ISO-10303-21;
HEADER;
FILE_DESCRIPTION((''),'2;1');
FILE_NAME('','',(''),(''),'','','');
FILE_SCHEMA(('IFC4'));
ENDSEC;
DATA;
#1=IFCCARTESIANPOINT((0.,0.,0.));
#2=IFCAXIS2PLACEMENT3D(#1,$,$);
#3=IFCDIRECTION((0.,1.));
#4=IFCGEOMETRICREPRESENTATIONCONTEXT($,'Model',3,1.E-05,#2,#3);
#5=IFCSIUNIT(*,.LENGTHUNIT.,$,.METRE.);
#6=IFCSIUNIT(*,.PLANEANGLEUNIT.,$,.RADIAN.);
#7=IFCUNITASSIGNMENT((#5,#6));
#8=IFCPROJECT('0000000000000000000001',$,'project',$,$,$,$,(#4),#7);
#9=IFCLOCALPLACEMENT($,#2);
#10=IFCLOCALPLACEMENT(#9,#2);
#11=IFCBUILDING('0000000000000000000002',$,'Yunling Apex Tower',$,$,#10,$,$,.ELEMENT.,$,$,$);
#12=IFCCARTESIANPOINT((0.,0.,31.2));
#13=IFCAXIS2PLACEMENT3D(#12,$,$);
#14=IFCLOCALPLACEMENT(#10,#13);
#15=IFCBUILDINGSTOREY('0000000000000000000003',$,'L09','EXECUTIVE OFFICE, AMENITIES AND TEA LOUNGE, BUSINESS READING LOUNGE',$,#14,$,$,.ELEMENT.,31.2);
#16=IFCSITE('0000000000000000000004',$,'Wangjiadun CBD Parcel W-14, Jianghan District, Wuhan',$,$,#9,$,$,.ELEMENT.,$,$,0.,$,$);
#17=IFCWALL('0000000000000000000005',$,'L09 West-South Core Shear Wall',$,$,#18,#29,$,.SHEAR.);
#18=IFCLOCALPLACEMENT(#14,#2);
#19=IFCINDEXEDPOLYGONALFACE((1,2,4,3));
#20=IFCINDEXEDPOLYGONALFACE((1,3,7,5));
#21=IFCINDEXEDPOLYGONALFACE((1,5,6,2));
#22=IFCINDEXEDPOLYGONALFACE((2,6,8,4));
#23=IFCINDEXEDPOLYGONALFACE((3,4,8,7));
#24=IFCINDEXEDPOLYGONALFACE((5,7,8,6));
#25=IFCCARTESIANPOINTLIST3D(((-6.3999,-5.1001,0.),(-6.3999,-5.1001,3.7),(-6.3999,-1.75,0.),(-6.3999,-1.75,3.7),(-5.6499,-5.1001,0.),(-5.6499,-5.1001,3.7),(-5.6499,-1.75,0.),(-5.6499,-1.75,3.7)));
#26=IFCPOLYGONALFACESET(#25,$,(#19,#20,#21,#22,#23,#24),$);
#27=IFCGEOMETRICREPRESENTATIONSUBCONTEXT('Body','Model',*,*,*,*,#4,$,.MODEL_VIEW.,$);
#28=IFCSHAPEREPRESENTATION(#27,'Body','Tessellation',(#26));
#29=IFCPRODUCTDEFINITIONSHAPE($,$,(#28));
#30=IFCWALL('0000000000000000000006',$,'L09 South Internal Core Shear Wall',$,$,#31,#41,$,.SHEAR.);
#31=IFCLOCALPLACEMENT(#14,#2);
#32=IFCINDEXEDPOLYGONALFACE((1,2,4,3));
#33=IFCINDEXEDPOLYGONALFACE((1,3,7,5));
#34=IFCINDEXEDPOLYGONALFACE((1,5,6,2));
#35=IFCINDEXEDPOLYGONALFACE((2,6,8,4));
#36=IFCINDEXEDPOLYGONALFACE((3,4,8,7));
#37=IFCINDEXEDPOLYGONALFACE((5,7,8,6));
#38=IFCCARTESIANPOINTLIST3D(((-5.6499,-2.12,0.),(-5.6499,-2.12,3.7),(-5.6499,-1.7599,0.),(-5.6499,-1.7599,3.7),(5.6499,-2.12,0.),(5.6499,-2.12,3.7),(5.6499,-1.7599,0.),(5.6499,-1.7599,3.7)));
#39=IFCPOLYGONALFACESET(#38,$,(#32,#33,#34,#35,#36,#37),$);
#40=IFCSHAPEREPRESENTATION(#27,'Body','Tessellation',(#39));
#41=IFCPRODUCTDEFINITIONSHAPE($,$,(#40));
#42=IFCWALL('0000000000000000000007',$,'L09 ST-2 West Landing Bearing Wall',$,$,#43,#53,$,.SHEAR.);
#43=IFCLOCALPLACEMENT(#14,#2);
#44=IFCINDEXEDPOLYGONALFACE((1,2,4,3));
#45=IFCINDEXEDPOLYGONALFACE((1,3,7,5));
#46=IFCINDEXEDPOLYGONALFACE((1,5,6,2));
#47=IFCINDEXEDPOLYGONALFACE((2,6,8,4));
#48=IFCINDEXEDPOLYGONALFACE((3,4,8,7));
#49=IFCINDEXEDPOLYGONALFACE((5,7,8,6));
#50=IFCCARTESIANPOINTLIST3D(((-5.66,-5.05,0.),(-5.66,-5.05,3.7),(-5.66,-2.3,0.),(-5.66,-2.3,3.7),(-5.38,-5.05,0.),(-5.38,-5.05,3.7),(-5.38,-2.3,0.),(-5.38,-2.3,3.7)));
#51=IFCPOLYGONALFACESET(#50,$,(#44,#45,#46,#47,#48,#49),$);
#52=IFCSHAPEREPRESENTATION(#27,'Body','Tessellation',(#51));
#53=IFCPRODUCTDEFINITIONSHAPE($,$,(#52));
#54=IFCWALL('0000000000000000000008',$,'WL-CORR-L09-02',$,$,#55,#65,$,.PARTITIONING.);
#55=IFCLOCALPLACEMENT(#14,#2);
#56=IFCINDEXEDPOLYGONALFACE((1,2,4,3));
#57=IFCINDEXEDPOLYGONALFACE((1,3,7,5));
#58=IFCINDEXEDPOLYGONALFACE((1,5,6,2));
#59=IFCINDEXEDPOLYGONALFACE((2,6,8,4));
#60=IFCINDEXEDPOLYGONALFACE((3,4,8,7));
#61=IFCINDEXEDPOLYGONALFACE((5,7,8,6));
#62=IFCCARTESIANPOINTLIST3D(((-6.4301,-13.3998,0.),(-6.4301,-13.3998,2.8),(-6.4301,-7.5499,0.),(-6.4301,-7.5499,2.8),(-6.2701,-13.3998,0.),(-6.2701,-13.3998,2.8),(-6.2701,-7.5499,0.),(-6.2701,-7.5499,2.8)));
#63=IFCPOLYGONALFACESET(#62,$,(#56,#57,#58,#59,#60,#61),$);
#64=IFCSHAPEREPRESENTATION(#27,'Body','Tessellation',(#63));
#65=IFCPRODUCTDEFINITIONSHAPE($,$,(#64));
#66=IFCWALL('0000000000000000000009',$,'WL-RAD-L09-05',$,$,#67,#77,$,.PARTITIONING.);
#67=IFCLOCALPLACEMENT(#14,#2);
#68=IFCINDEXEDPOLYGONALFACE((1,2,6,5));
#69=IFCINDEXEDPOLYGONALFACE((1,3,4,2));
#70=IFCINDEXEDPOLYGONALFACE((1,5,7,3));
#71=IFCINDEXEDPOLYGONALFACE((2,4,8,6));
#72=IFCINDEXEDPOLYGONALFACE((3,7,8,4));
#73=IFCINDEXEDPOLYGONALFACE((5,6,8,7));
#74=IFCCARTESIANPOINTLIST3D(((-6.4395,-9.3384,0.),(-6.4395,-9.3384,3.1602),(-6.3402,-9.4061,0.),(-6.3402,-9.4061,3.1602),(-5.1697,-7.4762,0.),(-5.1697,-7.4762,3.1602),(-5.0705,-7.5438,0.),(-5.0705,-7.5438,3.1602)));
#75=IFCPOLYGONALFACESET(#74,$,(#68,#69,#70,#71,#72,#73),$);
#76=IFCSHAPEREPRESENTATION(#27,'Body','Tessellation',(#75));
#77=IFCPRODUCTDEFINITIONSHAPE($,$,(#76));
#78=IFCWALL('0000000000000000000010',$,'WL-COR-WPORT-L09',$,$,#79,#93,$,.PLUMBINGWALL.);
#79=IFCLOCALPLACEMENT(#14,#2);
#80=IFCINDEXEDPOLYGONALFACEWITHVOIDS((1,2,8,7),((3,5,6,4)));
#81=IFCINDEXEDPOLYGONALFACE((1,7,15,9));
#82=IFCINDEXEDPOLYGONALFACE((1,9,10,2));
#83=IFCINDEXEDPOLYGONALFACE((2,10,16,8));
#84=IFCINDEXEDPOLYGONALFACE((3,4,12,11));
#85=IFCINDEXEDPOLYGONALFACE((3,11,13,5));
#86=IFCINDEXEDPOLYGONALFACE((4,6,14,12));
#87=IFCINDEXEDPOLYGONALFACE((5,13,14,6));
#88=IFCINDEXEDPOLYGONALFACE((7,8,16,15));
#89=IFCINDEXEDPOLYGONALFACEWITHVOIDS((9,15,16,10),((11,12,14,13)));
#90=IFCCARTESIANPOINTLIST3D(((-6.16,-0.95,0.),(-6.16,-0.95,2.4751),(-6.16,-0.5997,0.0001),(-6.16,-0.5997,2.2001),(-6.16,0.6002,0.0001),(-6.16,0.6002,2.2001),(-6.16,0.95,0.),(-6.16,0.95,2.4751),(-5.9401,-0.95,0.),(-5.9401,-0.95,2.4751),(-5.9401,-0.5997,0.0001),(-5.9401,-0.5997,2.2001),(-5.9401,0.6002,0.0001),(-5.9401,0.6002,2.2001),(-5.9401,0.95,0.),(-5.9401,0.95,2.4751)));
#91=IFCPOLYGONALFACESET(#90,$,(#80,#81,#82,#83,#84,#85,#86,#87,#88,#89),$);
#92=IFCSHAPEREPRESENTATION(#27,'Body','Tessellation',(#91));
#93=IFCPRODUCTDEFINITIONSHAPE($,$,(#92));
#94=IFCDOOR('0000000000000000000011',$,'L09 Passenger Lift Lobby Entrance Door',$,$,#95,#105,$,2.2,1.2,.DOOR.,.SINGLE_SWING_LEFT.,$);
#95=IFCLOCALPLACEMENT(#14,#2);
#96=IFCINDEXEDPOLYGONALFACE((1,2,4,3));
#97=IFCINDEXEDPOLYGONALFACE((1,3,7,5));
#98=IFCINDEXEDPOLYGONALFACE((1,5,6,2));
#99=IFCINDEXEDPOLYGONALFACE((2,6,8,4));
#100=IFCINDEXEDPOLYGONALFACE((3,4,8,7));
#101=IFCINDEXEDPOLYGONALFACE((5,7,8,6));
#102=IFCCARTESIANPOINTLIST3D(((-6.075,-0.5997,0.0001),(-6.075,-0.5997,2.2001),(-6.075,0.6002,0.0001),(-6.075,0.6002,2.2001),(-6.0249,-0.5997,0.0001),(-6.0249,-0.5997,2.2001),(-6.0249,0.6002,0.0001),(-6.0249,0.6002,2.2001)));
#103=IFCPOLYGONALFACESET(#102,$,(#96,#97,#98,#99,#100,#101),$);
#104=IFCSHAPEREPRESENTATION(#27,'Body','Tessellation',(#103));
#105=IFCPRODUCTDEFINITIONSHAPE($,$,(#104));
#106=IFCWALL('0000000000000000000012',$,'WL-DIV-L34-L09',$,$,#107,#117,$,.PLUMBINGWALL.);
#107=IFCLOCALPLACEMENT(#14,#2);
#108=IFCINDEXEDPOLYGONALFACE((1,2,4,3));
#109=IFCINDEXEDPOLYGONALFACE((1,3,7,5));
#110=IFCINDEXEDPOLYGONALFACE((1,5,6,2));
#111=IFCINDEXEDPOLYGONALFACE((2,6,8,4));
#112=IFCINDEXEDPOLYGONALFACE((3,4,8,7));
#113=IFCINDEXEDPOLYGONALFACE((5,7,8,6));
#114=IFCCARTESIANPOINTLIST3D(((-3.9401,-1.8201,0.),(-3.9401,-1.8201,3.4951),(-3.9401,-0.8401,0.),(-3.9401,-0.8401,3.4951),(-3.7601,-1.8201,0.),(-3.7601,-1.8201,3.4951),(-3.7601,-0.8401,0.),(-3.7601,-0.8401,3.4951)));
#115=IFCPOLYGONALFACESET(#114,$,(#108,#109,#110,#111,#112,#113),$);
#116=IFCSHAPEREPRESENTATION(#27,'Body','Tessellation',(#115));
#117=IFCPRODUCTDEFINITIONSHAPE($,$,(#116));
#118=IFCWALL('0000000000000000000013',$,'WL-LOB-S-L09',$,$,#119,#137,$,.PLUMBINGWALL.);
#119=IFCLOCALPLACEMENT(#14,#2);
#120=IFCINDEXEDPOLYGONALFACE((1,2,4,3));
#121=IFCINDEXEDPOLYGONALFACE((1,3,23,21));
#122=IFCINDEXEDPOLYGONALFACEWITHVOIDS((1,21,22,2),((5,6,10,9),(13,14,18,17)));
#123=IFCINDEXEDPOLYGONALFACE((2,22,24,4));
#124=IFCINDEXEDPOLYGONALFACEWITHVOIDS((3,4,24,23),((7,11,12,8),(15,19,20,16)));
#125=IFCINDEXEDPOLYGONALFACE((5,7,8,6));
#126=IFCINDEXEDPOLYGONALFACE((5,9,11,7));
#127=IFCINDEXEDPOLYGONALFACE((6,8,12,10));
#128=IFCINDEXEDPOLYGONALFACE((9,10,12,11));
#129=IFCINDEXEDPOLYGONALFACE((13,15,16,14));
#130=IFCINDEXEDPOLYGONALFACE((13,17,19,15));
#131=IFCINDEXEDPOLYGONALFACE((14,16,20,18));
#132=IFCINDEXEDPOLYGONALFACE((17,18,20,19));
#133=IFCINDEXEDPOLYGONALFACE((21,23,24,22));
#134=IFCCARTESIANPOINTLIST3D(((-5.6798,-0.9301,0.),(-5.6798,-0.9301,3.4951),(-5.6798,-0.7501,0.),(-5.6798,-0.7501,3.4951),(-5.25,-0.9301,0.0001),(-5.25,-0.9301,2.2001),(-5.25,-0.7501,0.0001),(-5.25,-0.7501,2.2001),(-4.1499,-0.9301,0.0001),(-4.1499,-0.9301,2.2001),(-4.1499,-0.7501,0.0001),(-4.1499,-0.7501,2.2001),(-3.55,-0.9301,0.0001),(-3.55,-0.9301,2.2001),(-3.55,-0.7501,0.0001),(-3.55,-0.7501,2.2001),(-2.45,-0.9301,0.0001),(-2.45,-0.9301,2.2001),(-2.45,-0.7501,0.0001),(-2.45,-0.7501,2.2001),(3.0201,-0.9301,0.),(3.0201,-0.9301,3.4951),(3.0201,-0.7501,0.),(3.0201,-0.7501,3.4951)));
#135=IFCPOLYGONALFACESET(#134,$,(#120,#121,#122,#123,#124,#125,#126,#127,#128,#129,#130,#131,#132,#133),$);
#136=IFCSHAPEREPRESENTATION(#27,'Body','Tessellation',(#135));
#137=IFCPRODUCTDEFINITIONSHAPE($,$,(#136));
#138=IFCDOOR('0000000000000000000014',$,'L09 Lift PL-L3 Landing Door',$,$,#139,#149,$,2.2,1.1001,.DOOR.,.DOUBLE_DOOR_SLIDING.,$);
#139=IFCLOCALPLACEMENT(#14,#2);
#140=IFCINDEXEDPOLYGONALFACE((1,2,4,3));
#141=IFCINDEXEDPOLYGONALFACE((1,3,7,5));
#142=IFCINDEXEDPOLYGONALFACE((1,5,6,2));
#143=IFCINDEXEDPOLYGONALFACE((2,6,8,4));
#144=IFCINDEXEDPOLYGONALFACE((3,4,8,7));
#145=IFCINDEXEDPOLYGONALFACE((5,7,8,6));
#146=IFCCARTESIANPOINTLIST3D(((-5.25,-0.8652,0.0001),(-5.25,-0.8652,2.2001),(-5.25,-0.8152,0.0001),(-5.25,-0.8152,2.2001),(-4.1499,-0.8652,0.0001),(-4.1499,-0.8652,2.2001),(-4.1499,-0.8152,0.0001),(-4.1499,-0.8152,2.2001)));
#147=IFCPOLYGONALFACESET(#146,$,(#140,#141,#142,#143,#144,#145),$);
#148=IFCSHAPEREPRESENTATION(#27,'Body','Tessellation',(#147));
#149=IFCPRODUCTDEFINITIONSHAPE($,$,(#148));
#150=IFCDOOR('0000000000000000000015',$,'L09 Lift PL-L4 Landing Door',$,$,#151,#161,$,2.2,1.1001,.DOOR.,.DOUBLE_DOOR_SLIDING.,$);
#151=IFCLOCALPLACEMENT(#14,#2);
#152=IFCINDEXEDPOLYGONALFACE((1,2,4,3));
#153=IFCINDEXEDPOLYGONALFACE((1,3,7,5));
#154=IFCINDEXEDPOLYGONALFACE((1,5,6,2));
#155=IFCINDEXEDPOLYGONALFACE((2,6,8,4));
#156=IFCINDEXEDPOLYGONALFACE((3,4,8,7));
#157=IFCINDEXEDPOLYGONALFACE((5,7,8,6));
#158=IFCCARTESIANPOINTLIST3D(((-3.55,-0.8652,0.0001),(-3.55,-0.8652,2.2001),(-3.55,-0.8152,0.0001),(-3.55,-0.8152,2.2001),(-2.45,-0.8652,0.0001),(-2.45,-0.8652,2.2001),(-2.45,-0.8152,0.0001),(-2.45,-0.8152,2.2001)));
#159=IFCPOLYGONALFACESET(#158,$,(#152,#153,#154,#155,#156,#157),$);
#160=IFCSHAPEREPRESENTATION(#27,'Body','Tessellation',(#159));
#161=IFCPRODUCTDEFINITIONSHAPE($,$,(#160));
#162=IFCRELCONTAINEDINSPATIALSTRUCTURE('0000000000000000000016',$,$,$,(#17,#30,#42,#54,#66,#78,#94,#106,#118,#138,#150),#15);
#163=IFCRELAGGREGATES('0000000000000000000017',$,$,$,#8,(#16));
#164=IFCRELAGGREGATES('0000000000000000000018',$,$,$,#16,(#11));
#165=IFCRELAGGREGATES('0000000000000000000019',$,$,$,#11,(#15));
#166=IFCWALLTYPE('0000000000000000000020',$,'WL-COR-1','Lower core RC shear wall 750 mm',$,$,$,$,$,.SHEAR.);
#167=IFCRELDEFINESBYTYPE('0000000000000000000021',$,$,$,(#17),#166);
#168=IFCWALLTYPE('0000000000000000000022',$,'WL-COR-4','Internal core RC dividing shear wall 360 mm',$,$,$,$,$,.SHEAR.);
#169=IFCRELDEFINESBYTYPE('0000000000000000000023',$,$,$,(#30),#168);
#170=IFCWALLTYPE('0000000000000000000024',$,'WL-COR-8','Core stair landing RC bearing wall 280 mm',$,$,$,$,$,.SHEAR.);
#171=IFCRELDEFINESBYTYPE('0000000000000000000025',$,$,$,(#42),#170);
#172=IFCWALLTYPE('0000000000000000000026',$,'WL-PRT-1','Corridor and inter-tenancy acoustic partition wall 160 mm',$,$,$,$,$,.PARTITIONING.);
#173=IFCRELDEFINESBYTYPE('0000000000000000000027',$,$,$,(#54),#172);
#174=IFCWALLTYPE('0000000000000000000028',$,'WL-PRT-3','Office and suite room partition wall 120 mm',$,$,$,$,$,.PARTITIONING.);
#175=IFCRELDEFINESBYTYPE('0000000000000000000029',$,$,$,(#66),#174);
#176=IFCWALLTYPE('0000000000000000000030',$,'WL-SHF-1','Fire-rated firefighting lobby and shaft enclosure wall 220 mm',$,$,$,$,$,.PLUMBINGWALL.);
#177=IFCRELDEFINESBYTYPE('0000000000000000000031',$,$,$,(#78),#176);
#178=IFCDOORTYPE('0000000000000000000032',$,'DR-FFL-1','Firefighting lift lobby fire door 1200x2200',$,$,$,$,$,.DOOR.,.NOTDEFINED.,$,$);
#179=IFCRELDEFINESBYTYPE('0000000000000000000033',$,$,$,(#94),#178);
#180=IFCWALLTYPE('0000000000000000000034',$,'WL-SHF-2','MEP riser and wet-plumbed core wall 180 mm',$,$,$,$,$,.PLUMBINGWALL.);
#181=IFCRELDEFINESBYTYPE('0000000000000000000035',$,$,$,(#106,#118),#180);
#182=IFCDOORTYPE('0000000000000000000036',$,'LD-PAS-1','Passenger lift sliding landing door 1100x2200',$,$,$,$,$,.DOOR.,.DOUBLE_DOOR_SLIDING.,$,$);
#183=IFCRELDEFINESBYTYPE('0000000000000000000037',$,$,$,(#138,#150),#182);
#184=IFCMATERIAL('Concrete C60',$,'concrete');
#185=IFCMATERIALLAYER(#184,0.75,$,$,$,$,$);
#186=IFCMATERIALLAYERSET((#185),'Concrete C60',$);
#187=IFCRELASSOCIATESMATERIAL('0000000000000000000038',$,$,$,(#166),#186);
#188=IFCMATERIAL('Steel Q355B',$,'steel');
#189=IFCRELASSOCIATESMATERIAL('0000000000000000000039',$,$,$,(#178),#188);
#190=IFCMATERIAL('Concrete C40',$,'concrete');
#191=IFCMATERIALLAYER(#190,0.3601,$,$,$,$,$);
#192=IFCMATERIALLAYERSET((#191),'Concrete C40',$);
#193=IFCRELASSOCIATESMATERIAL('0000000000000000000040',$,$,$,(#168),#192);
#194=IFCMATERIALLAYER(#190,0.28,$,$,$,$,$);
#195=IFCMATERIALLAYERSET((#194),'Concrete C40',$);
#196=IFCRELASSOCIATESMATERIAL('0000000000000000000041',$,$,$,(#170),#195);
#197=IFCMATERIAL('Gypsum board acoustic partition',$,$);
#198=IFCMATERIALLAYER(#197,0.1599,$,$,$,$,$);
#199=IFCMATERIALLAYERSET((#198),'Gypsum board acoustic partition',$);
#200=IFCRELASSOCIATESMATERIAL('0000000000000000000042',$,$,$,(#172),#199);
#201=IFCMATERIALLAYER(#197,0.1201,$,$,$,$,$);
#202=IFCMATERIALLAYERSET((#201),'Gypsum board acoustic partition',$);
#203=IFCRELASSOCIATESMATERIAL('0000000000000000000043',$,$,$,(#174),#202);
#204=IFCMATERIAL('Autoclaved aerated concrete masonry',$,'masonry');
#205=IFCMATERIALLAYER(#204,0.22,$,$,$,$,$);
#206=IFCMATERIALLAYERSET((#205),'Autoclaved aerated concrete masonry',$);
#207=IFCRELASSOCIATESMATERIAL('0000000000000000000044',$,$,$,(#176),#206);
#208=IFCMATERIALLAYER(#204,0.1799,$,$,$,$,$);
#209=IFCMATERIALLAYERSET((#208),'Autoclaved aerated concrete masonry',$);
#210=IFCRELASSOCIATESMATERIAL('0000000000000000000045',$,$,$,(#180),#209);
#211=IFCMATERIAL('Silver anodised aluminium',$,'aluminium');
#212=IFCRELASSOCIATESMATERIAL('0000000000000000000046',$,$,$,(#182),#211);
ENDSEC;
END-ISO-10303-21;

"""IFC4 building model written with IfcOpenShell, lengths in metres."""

from ifc_helpers import new_model, si_unit, direction, frame, frame_2d, origin, place, context, subcontext, project, spatial, rectangle, extrude, material, layer, layer_set, type_object, element, fill, save


model = new_model("IFC4")

# Units and contexts
model_context = context("Model", 3, precision=1e-05, world=origin(), true_north=direction((0.0, 1.0)))
body_context = subcontext(model_context, "Body", "Model", "MODEL_VIEW")
ifc_project = project(units=[si_unit("LENGTHUNIT", "METRE"), si_unit("PLANEANGLEUNIT", "RADIAN")], contexts=[model_context])

# Site, building, storey
site_placement = place(None, origin())
site = spatial("IfcSite", under=ifc_project, at=site_placement, Name="Wangjiadun CBD Parcel W-14, Jianghan District, Wuhan", CompositionType="ELEMENT", RefElevation=0.0)
building_placement = place(site_placement, origin())
building = spatial("IfcBuilding", under=site, at=building_placement, Name="Yunling Apex Tower", CompositionType="ELEMENT")
storey_placement = place(building_placement, frame((0.0, 0.0, 31.2)))
storey = spatial("IfcBuildingStorey", under=building, at=storey_placement, Name="L09", Description="EXECUTIVE OFFICE, AMENITIES AND TEA LOUNGE, BUSINESS READING LOUNGE", CompositionType="ELEMENT", Elevation=31.2)

# Shared definitions
ifc_material_1 = material(Name="Concrete C60", Category="concrete")

# Shared definitions
ifc_material_2 = material(Name="Steel Q355B", Category="steel")

# Shared definitions
ifc_layer_1 = layer(ifc_material_1, 0.75)
ifc_layer_set_1 = layer_set([ifc_layer_1], Name="Concrete C60")
wall_type_1 = type_object("IfcWallType", Name="WL-COR-1", Description="Lower core RC shear wall 750 mm", PredefinedType="SHEAR", material=ifc_layer_set_1)
door_type_1 = type_object("IfcDoorType", Name="DR-FFL-1", Description="Firefighting lift lobby fire door 1200x2200", OperationType="NOTDEFINED", PredefinedType="DOOR", material=ifc_material_2)

# Walls
wall_1_placement = place(storey_placement, frame((-6.0249, -5.1001, 0.0), z_axis=(0.0, 0.0, 1.0), x_axis=(0.0, 1.0, 0.0)))
element("IfcWall", 1, at=wall_1_placement, inside=storey, type_object=wall_type_1, Name="L09 West-South Core Shear Wall", PredefinedType="SHEAR", context=body_context, shape_type="SweptSolid", body=[
    extrude(rectangle(XDim=3.3501, YDim=0.75, at=frame_2d((1.675, 0.0))), origin(), (0.0, 0.0, 1.0), 3.7),
])
ifc_material_3 = material(Name="Concrete C40", Category="concrete")
ifc_layer_2 = layer(ifc_material_3, 0.3601)
ifc_layer_set_2 = layer_set([ifc_layer_2], Name="Concrete C40")
wall_type_2 = type_object("IfcWallType", Name="WL-COR-4", Description="Internal core RC dividing shear wall 360 mm", PredefinedType="SHEAR", material=ifc_layer_set_2)
wall_2_placement = place(storey_placement, frame((-5.6499, -1.9399, 0.0), z_axis=(0.0, 0.0, 1.0), x_axis=(1.0, 0.0, 0.0)))
element("IfcWall", 2, at=wall_2_placement, inside=storey, type_object=wall_type_2, Name="L09 South Internal Core Shear Wall", PredefinedType="SHEAR", context=body_context, shape_type="SweptSolid", body=[
    extrude(rectangle(XDim=11.2998, YDim=0.3601, at=frame_2d((5.6499, 0.0))), origin(), (0.0, 0.0, 1.0), 3.7),
])
ifc_layer_3 = layer(ifc_material_3, 0.28)
ifc_layer_set_3 = layer_set([ifc_layer_3], Name="Concrete C40")
wall_type_3 = type_object("IfcWallType", Name="WL-COR-8", Description="Core stair landing RC bearing wall 280 mm", PredefinedType="SHEAR", material=ifc_layer_set_3)
wall_3_placement = place(storey_placement, frame((-5.52, -5.05, 0.0), z_axis=(0.0, 0.0, 1.0), x_axis=(0.0, 1.0, 0.0)))
element("IfcWall", 3, at=wall_3_placement, inside=storey, type_object=wall_type_3, Name="L09 ST-2 West Landing Bearing Wall", PredefinedType="SHEAR", context=body_context, shape_type="SweptSolid", body=[
    extrude(rectangle(XDim=2.75, YDim=0.28, at=frame_2d((1.375, 0.0))), origin(), (0.0, 0.0, 1.0), 3.7),
])
ifc_material_4 = material(Name="Gypsum board acoustic partition")
ifc_layer_4 = layer(ifc_material_4, 0.1599)
ifc_layer_set_4 = layer_set([ifc_layer_4], Name="Gypsum board acoustic partition")
wall_type_4 = type_object("IfcWallType", Name="WL-PRT-1", Description="Corridor and inter-tenancy acoustic partition wall 160 mm", PredefinedType="PARTITIONING", material=ifc_layer_set_4)
wall_4_placement = place(storey_placement, frame((-6.3501, -7.55, 0.0), z_axis=(0.0, 0.0, 1.0), x_axis=(0.0, -1.0, 0.0)))
element("IfcWall", 4, at=wall_4_placement, inside=storey, type_object=wall_type_4, Name="WL-CORR-L09-02", PredefinedType="PARTITIONING", context=body_context, shape_type="SweptSolid", body=[
    extrude(rectangle(XDim=5.8499, YDim=0.1599, at=frame_2d((2.9248, 0.0))), origin(), (0.0, 0.0, 1.0), 2.8),
])
ifc_layer_5 = layer(ifc_material_4, 0.1201)
ifc_layer_set_5 = layer_set([ifc_layer_5], Name="Gypsum board acoustic partition")
wall_type_5 = type_object("IfcWallType", Name="WL-PRT-3", Description="Office and suite room partition wall 120 mm", PredefinedType="PARTITIONING", material=ifc_layer_set_5)
wall_5_placement = place(storey_placement, frame((-5.1201, -7.51, 0.0), z_axis=(0.0, 0.0, 1.0), x_axis=(-0.563344, -0.826223, 0.0)))
element("IfcWall", 5, at=wall_5_placement, inside=storey, type_object=wall_type_5, Name="WL-RAD-L09-05", PredefinedType="PARTITIONING", context=body_context, shape_type="SweptSolid", body=[
    extrude(rectangle(XDim=2.2539, YDim=0.1201, at=frame_2d((1.127, 0.0))), origin(), (0.0, 0.0, 1.0), 3.1602),
])

# Wall, opening, door
ifc_material_5 = material(Name="Autoclaved aerated concrete masonry", Category="masonry")
ifc_layer_6 = layer(ifc_material_5, 0.22)
ifc_layer_set_6 = layer_set([ifc_layer_6], Name="Autoclaved aerated concrete masonry")
wall_type_6 = type_object("IfcWallType", Name="WL-SHF-1", Description="Fire-rated firefighting lobby and shaft enclosure wall 220 mm", PredefinedType="PLUMBINGWALL", material=ifc_layer_set_6)
wall_6_placement = place(storey_placement, frame((-6.05, -0.95, 0.0), z_axis=(0.0, 0.0, 1.0), x_axis=(0.0, 1.0, 0.0)))
wall_6 = element("IfcWall", 6, at=wall_6_placement, inside=storey, type_object=wall_type_6, Name="WL-COR-WPORT-L09", PredefinedType="PLUMBINGWALL", context=body_context, shape_type="SweptSolid", body=[
    extrude(rectangle(XDim=1.8999, YDim=0.22, at=frame_2d((0.95, 0.0))), origin(), (0.0, 0.0, 1.0), 2.4751),
])
opening_1_placement = place(wall_6_placement, frame((0.3501, 0.0, 0.0)))
opening_1 = element("IfcOpeningElement", 7, at=opening_1_placement, cuts=wall_6, PredefinedType="OPENING", context=body_context, shape_type="SweptSolid", body=[
    extrude(rectangle(XDim=1.2, YDim=2.2, at=frame_2d((0.6001, 1.1001))), frame((0.0, 0.1201, 0.0), z_axis=(0.0, -1.0, 0.0), x_axis=(1.0, 0.0, 0.0)), (0.0, 0.0, 1.0), 0.24),
])
door_1_placement = place(opening_1_placement, origin())
door_1 = element("IfcDoor", 8, at=door_1_placement, inside=storey, type_object=door_type_1, Name="L09 Passenger Lift Lobby Entrance Door", OperationType="SINGLE_SWING_LEFT", OverallHeight=2.2, OverallWidth=1.2, PredefinedType="DOOR", context=body_context, shape_type="SweptSolid", body=[
    extrude(rectangle(XDim=1.2, YDim=2.2, at=frame_2d((0.6001, 1.1001))), frame((0.0, 0.0249, 0.0), z_axis=(0.0, -1.0, 0.0), x_axis=(1.0, 0.0, 0.0)), (0.0, 0.0, 1.0), 0.05),
])
fill(opening_1, door_1)

# Wall
ifc_layer_7 = layer(ifc_material_5, 0.1799)
ifc_layer_set_7 = layer_set([ifc_layer_7], Name="Autoclaved aerated concrete masonry")
wall_type_7 = type_object("IfcWallType", Name="WL-SHF-2", Description="MEP riser and wet-plumbed core wall 180 mm", PredefinedType="PLUMBINGWALL", material=ifc_layer_set_7)
wall_7_placement = place(storey_placement, frame((-3.8501, -1.8201, 0.0), z_axis=(0.0, 0.0, 1.0), x_axis=(0.0, 1.0, 0.0)))
element("IfcWall", 9, at=wall_7_placement, inside=storey, type_object=wall_type_7, Name="WL-DIV-L34-L09", PredefinedType="PLUMBINGWALL", context=body_context, shape_type="SweptSolid", body=[
    extrude(rectangle(XDim=0.98, YDim=0.1799, at=frame_2d((0.49, 0.0))), origin(), (0.0, 0.0, 1.0), 3.4951),
])

# Wall, openings, doors
wall_8_placement = place(storey_placement, frame((-5.6799, -0.8401, 0.0), z_axis=(0.0, 0.0, 1.0), x_axis=(1.0, 0.0, 0.0)))
wall_8 = element("IfcWall", 10, at=wall_8_placement, inside=storey, type_object=wall_type_7, Name="WL-LOB-S-L09", PredefinedType="PLUMBINGWALL", context=body_context, shape_type="SweptSolid", body=[
    extrude(rectangle(XDim=8.7, YDim=0.1799, at=frame_2d((4.3501, 0.0))), origin(), (0.0, 0.0, 1.0), 3.4951),
])
opening_2_placement = place(wall_8_placement, frame((0.4299, 0.0, 0.0)))
opening_2 = element("IfcOpeningElement", 11, at=opening_2_placement, cuts=wall_8, PredefinedType="OPENING", context=body_context, shape_type="SweptSolid", body=[
    extrude(rectangle(XDim=1.1001, YDim=2.2, at=frame_2d((0.55, 1.1001))), frame((0.0, 0.1001, 0.0), z_axis=(0.0, -1.0, 0.0), x_axis=(1.0, 0.0, 0.0)), (0.0, 0.0, 1.0), 0.2),
])
opening_3_placement = place(wall_8_placement, frame((2.1299, 0.0, 0.0)))
opening_3 = element("IfcOpeningElement", 12, at=opening_3_placement, cuts=wall_8, PredefinedType="OPENING", context=body_context, shape_type="SweptSolid", body=[
    extrude(rectangle(XDim=1.1001, YDim=2.2, at=frame_2d((0.55, 1.1001))), frame((0.0, 0.1001, 0.0), z_axis=(0.0, -1.0, 0.0), x_axis=(1.0, 0.0, 0.0)), (0.0, 0.0, 1.0), 0.2),
])
ifc_material_6 = material(Name="Silver anodised aluminium", Category="aluminium")
door_type_2 = type_object("IfcDoorType", Name="LD-PAS-1", Description="Passenger lift sliding landing door 1100x2200", OperationType="DOUBLE_DOOR_SLIDING", PredefinedType="DOOR", material=ifc_material_6)
door_2_placement = place(opening_2_placement, origin())
door_2 = element("IfcDoor", 13, at=door_2_placement, inside=storey, type_object=door_type_2, Name="L09 Lift PL-L3 Landing Door", OperationType="DOUBLE_DOOR_SLIDING", OverallHeight=2.2, OverallWidth=1.1001, PredefinedType="DOOR", context=body_context, shape_type="SweptSolid", body=[
    extrude(rectangle(XDim=1.1001, YDim=2.2, at=frame_2d((0.55, 1.1001))), frame((0.0, 0.0249, 0.0), z_axis=(0.0, -1.0, 0.0), x_axis=(1.0, 0.0, 0.0)), (0.0, 0.0, 1.0), 0.05),
])
fill(opening_2, door_2)
door_3_placement = place(opening_3_placement, origin())
door_3 = element("IfcDoor", 14, at=door_3_placement, inside=storey, type_object=door_type_2, Name="L09 Lift PL-L4 Landing Door", OperationType="DOUBLE_DOOR_SLIDING", OverallHeight=2.2, OverallWidth=1.1001, PredefinedType="DOOR", context=body_context, shape_type="SweptSolid", body=[
    extrude(rectangle(XDim=1.1001, YDim=2.2, at=frame_2d((0.55, 1.1001))), frame((0.0, 0.0249, 0.0), z_axis=(0.0, -1.0, 0.0), x_axis=(1.0, 0.0, 0.0)), (0.0, 0.0, 1.0), 0.05),
])
fill(opening_3, door_3)

save(model, "model.ifc")
